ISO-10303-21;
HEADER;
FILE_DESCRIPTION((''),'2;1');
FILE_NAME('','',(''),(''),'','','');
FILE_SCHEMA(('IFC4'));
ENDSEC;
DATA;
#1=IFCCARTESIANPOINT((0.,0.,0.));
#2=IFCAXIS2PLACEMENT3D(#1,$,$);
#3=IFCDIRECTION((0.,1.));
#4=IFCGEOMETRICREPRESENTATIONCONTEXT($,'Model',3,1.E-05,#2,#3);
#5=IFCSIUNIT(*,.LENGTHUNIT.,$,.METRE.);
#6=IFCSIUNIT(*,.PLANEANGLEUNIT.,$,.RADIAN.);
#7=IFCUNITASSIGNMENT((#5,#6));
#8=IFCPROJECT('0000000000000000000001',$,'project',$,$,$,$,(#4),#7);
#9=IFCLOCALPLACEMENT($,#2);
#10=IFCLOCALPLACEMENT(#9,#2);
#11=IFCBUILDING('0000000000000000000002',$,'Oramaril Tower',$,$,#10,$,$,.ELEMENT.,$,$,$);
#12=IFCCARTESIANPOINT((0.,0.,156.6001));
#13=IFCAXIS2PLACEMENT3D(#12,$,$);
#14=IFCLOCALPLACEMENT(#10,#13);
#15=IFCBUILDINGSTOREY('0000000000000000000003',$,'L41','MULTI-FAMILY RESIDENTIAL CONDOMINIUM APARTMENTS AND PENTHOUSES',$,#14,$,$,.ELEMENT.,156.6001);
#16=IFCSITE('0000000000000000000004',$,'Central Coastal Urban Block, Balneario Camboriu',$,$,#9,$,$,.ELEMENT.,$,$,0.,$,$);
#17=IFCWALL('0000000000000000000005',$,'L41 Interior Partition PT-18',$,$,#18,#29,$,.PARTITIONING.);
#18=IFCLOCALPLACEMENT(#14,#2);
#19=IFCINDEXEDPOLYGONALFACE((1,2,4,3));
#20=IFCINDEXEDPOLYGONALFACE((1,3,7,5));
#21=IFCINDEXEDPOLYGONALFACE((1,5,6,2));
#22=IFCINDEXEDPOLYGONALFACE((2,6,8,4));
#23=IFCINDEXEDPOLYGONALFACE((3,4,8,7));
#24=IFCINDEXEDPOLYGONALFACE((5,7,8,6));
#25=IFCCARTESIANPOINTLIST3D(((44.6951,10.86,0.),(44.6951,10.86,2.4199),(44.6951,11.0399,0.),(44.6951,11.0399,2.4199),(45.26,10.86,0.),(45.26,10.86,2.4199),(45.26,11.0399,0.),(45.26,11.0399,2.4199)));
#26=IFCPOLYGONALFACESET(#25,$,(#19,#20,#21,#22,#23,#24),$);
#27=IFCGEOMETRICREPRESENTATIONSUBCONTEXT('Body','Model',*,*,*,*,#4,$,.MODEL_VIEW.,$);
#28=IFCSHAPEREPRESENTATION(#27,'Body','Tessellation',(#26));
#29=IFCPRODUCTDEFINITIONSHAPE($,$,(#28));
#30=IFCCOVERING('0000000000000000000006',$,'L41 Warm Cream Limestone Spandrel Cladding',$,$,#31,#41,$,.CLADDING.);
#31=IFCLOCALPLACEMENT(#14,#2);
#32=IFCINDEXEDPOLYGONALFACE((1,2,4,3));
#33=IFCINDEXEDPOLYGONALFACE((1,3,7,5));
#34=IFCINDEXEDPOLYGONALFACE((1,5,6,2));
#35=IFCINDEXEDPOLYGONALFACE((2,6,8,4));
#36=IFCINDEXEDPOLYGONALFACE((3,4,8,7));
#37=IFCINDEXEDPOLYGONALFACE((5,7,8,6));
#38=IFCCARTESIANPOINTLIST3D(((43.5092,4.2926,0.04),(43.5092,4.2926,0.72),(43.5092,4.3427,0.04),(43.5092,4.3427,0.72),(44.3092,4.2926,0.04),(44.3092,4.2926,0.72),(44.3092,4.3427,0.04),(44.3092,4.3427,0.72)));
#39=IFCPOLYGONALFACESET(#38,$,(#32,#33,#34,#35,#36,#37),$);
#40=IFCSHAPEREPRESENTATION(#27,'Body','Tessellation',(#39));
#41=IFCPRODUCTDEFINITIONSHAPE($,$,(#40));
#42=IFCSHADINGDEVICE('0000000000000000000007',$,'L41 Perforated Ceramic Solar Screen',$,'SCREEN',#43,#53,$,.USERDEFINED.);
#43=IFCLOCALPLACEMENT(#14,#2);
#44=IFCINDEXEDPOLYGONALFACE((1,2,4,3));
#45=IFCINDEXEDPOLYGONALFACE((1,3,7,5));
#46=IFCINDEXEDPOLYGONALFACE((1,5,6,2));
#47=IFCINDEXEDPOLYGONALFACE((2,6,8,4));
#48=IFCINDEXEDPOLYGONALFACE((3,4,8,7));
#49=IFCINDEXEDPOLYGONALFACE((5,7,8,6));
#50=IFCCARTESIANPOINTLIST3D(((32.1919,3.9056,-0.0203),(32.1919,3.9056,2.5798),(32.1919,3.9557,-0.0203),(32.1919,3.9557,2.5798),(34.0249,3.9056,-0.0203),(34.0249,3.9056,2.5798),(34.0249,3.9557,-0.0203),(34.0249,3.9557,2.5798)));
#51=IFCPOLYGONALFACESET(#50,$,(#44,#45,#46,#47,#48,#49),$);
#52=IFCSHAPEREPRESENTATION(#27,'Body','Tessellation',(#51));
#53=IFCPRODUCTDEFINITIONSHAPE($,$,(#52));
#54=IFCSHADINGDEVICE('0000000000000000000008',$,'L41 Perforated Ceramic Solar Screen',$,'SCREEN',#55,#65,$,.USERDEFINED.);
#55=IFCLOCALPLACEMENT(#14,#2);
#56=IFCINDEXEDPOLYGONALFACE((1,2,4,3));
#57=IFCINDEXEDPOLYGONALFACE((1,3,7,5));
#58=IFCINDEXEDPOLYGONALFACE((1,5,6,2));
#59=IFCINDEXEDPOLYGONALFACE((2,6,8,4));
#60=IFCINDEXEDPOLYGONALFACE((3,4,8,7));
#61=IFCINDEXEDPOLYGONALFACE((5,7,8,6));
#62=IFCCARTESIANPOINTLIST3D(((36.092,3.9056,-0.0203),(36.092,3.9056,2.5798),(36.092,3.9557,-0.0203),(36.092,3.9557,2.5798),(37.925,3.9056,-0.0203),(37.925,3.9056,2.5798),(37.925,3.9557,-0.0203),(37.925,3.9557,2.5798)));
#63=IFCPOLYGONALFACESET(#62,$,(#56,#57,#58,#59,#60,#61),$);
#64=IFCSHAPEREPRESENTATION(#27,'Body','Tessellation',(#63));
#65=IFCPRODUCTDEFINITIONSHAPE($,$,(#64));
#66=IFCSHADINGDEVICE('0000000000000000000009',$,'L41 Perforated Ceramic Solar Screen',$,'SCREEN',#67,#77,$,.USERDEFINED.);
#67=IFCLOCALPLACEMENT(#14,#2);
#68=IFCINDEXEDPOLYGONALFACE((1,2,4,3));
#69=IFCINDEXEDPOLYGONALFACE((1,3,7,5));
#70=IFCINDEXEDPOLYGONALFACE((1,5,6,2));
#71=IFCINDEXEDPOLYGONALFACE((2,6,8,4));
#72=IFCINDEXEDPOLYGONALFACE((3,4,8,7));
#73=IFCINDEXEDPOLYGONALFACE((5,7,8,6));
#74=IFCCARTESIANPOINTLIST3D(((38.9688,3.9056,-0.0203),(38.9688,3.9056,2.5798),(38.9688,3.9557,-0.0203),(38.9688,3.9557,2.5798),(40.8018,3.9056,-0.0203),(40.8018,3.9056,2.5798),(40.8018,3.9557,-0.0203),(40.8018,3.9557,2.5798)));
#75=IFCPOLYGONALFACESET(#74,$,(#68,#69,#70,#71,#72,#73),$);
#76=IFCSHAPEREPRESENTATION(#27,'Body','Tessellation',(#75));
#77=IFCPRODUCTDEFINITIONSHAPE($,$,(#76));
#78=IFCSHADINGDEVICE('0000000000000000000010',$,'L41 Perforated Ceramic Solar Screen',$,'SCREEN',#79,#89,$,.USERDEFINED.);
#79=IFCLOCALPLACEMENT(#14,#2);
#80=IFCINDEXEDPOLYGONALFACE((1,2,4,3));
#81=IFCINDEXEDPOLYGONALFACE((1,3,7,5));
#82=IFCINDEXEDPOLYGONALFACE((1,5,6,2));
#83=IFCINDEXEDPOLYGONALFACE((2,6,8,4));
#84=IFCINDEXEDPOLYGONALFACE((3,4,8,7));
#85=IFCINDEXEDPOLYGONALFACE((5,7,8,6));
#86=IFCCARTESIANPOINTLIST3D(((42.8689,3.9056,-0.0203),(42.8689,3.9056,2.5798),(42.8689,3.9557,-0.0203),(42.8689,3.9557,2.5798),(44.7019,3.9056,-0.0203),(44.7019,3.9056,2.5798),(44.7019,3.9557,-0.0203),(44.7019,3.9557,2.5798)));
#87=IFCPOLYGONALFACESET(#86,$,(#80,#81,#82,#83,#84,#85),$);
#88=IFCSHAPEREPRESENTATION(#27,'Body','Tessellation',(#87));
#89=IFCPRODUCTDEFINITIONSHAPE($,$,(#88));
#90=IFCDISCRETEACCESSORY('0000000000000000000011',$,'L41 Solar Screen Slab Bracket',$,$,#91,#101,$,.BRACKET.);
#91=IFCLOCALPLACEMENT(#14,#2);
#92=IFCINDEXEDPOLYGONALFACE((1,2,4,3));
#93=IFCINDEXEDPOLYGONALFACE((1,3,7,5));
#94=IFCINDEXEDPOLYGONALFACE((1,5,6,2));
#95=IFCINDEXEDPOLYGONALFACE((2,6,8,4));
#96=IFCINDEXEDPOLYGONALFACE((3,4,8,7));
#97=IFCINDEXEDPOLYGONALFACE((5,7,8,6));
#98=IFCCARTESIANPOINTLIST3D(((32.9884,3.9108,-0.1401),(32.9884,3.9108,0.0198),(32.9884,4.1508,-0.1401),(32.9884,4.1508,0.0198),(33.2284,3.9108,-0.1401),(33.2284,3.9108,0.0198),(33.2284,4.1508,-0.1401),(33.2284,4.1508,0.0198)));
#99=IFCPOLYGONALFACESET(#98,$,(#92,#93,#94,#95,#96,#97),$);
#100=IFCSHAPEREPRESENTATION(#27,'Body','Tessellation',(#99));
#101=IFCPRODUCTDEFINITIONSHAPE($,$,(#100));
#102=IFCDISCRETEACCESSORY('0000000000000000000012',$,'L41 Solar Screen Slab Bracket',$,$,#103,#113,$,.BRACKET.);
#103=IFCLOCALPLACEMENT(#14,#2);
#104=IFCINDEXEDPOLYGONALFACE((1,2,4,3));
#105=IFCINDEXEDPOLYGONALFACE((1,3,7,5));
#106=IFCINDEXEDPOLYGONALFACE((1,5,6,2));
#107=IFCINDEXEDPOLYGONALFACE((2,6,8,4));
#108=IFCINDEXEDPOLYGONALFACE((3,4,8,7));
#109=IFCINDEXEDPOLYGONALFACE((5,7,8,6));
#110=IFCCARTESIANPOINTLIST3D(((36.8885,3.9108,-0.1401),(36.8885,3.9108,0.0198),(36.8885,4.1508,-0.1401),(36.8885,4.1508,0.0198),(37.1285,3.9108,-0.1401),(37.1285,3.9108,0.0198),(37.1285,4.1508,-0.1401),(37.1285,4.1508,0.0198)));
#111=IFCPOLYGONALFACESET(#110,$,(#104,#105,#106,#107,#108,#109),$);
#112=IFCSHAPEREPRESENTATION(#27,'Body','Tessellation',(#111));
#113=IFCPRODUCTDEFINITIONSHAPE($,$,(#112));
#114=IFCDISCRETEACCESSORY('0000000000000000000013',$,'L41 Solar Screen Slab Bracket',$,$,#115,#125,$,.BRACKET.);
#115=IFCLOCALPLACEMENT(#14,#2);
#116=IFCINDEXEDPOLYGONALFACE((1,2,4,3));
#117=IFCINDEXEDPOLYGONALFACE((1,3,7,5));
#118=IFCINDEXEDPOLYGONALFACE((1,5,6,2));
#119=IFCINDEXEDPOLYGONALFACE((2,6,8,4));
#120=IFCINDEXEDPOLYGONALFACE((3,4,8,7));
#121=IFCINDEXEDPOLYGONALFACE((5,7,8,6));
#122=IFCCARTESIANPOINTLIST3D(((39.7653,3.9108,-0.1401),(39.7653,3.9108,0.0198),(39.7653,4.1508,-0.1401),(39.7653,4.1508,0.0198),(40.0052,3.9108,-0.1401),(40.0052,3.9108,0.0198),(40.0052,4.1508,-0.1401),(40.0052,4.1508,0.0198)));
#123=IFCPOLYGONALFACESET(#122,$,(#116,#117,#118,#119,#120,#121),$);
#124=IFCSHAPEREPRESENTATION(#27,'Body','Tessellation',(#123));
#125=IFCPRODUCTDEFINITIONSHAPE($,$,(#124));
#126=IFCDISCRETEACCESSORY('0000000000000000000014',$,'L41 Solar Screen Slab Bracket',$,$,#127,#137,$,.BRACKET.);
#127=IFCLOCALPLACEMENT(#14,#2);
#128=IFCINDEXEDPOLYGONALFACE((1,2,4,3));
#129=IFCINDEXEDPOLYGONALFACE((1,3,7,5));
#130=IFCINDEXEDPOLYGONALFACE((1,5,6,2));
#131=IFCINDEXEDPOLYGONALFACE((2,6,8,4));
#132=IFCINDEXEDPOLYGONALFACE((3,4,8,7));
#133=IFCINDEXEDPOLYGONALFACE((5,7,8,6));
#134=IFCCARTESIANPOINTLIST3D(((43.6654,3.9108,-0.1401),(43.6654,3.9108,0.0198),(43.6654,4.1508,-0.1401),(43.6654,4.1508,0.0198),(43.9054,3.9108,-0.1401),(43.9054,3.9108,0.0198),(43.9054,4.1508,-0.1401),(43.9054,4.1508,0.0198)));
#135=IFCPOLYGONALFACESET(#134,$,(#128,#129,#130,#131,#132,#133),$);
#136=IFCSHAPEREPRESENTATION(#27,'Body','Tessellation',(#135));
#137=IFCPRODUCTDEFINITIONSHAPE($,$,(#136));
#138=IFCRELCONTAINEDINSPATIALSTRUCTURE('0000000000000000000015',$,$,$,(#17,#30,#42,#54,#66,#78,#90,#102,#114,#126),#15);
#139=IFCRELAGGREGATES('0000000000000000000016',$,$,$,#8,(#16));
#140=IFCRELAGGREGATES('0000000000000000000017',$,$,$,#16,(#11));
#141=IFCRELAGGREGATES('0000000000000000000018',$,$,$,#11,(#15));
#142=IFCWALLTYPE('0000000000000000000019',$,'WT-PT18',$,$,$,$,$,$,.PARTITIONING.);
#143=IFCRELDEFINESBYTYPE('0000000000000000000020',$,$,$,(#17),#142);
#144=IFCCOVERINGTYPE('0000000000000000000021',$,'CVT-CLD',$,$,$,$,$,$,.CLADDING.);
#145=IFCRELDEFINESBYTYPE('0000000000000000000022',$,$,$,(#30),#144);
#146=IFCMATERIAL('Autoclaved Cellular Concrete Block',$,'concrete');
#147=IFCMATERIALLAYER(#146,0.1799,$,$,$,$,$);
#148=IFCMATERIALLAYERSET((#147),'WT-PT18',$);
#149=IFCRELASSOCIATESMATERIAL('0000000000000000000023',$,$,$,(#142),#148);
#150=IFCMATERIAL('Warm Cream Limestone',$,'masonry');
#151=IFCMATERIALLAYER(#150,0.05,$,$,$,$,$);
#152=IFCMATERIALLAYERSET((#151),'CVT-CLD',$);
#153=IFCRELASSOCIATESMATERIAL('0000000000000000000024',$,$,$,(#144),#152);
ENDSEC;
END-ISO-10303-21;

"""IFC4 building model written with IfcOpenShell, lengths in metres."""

from ifc_helpers import new_model, si_unit, direction, frame, frame_2d, origin, origin_2d, place, context, subcontext, project, spatial, rectangle, extrude, material, layer, layer_set, type_object, element, save


model = new_model("IFC4")

# Units and contexts
model_context = context("Model", 3, precision=1e-05, world=origin(), true_north=direction((0.0, 1.0)))
body_context = subcontext(model_context, "Body", "Model", "MODEL_VIEW")
ifc_project = project(units=[si_unit("LENGTHUNIT", "METRE"), si_unit("PLANEANGLEUNIT", "RADIAN")], contexts=[model_context])

# Site, building, storey
site_placement = place(None, origin())
site = spatial("IfcSite", under=ifc_project, at=site_placement, Name="Central Coastal Urban Block, Balneario Camboriu", CompositionType="ELEMENT", RefElevation=0.0)
building_placement = place(site_placement, origin())
building = spatial("IfcBuilding", under=site, at=building_placement, Name="Oramaril Tower", CompositionType="ELEMENT")
storey_placement = place(building_placement, frame((0.0, 0.0, 156.6001)))
storey = spatial("IfcBuildingStorey", under=building, at=storey_placement, Name="L41", Description="MULTI-FAMILY RESIDENTIAL CONDOMINIUM APARTMENTS AND PENTHOUSES", CompositionType="ELEMENT", Elevation=156.6001)

# Wall
ifc_material_1 = material(Name="Autoclaved Cellular Concrete Block", Category="concrete")
ifc_layer_1 = layer(ifc_material_1, 0.1799)
ifc_layer_set_1 = layer_set([ifc_layer_1], Name="WT-PT18")
wall_type_1 = type_object("IfcWallType", Name="WT-PT18", PredefinedType="PARTITIONING", material=ifc_layer_set_1)
wall_1_placement = place(storey_placement, frame((44.6951, 10.95, 0.0), z_axis=(0.0, 0.0, 1.0), x_axis=(1.0, 0.0, 0.0)))
element("IfcWall", 1, at=wall_1_placement, inside=storey, type_object=wall_type_1, Name="L41 Interior Partition PT-18", PredefinedType="PARTITIONING", context=body_context, shape_type="SweptSolid", body=[
    extrude(rectangle(XDim=0.5649, YDim=0.1799, at=frame_2d((0.2825, 0.0))), origin(), (0.0, 0.0, 1.0), 2.4199),
])

# Covering
ifc_material_2 = material(Name="Warm Cream Limestone", Category="masonry")
ifc_layer_2 = layer(ifc_material_2, 0.05)
ifc_layer_set_2 = layer_set([ifc_layer_2], Name="CVT-CLD")
covering_type = type_object("IfcCoveringType", Name="CVT-CLD", PredefinedType="CLADDING", material=ifc_layer_set_2)
covering_placement = place(storey_placement, frame((43.9092, 4.3176, 0.04), z_axis=(0.0, 0.0, 1.0), x_axis=(1.0, 0.0, 0.0)))
element("IfcCovering", 2, at=covering_placement, inside=storey, type_object=covering_type, Name="L41 Warm Cream Limestone Spandrel Cladding", PredefinedType="CLADDING", context=body_context, shape_type="SweptSolid", body=[
    extrude(rectangle(XDim=0.8, YDim=0.05, at=origin_2d()), origin(), (0.0, 0.0, 1.0), 0.6799),
])

# Shading devices
for number, where, z_axis, x_axis, name in (
    (3, (33.1084, 3.9307, -0.0203), (0.0, 0.0, 1.0), (1.0, 0.0, 0.0), "L41 Perforated Ceramic Solar Screen"),
    (4, (37.0085, 3.9307, -0.0203), (0.0, 0.0, 1.0), (1.0, 0.0, 0.0), "L41 Perforated Ceramic Solar Screen"),
    (5, (39.8853, 3.9307, -0.0203), (0.0, 0.0, 1.0), (1.0, 0.0, 0.0), "L41 Perforated Ceramic Solar Screen"),
    (6, (43.7854, 3.9307, -0.0203), (0.0, 0.0, 1.0), (1.0, 0.0, 0.0), "L41 Perforated Ceramic Solar Screen"),
):
    element("IfcShadingDevice", number, at=place(storey_placement, frame(where, z_axis=z_axis, x_axis=x_axis)), inside=storey, Name=name, ObjectType="SCREEN", PredefinedType="USERDEFINED", context=body_context, shape_type="SweptSolid", body=[
        extrude(rectangle(XDim=1.833, YDim=0.05, at=origin_2d()), origin(), (0.0, 0.0, 1.0), 2.6001),
    ])

# Discrete accessories
for number, where, z_axis, x_axis, name in (
    (7, (33.1084, 4.0308, -0.1401), (0.0, 0.0, 1.0), (1.0, 0.0, 0.0), "L41 Solar Screen Slab Bracket"),
    (8, (37.0085, 4.0308, -0.1401), (0.0, 0.0, 1.0), (1.0, 0.0, 0.0), "L41 Solar Screen Slab Bracket"),
    (9, (39.8853, 4.0308, -0.1401), (0.0, 0.0, 1.0), (1.0, 0.0, 0.0), "L41 Solar Screen Slab Bracket"),
    (10, (43.7854, 4.0308, -0.1401), (0.0, 0.0, 1.0), (1.0, 0.0, 0.0), "L41 Solar Screen Slab Bracket"),
):
    element("IfcDiscreteAccessory", number, at=place(storey_placement, frame(where, z_axis=z_axis, x_axis=x_axis)), inside=storey, Name=name, PredefinedType="BRACKET", context=body_context, shape_type="SweptSolid", body=[
        extrude(rectangle(XDim=0.24, YDim=0.24, at=origin_2d()), origin(), (0.0, 0.0, 1.0), 0.1599),
    ])

save(model, "model.ifc")
